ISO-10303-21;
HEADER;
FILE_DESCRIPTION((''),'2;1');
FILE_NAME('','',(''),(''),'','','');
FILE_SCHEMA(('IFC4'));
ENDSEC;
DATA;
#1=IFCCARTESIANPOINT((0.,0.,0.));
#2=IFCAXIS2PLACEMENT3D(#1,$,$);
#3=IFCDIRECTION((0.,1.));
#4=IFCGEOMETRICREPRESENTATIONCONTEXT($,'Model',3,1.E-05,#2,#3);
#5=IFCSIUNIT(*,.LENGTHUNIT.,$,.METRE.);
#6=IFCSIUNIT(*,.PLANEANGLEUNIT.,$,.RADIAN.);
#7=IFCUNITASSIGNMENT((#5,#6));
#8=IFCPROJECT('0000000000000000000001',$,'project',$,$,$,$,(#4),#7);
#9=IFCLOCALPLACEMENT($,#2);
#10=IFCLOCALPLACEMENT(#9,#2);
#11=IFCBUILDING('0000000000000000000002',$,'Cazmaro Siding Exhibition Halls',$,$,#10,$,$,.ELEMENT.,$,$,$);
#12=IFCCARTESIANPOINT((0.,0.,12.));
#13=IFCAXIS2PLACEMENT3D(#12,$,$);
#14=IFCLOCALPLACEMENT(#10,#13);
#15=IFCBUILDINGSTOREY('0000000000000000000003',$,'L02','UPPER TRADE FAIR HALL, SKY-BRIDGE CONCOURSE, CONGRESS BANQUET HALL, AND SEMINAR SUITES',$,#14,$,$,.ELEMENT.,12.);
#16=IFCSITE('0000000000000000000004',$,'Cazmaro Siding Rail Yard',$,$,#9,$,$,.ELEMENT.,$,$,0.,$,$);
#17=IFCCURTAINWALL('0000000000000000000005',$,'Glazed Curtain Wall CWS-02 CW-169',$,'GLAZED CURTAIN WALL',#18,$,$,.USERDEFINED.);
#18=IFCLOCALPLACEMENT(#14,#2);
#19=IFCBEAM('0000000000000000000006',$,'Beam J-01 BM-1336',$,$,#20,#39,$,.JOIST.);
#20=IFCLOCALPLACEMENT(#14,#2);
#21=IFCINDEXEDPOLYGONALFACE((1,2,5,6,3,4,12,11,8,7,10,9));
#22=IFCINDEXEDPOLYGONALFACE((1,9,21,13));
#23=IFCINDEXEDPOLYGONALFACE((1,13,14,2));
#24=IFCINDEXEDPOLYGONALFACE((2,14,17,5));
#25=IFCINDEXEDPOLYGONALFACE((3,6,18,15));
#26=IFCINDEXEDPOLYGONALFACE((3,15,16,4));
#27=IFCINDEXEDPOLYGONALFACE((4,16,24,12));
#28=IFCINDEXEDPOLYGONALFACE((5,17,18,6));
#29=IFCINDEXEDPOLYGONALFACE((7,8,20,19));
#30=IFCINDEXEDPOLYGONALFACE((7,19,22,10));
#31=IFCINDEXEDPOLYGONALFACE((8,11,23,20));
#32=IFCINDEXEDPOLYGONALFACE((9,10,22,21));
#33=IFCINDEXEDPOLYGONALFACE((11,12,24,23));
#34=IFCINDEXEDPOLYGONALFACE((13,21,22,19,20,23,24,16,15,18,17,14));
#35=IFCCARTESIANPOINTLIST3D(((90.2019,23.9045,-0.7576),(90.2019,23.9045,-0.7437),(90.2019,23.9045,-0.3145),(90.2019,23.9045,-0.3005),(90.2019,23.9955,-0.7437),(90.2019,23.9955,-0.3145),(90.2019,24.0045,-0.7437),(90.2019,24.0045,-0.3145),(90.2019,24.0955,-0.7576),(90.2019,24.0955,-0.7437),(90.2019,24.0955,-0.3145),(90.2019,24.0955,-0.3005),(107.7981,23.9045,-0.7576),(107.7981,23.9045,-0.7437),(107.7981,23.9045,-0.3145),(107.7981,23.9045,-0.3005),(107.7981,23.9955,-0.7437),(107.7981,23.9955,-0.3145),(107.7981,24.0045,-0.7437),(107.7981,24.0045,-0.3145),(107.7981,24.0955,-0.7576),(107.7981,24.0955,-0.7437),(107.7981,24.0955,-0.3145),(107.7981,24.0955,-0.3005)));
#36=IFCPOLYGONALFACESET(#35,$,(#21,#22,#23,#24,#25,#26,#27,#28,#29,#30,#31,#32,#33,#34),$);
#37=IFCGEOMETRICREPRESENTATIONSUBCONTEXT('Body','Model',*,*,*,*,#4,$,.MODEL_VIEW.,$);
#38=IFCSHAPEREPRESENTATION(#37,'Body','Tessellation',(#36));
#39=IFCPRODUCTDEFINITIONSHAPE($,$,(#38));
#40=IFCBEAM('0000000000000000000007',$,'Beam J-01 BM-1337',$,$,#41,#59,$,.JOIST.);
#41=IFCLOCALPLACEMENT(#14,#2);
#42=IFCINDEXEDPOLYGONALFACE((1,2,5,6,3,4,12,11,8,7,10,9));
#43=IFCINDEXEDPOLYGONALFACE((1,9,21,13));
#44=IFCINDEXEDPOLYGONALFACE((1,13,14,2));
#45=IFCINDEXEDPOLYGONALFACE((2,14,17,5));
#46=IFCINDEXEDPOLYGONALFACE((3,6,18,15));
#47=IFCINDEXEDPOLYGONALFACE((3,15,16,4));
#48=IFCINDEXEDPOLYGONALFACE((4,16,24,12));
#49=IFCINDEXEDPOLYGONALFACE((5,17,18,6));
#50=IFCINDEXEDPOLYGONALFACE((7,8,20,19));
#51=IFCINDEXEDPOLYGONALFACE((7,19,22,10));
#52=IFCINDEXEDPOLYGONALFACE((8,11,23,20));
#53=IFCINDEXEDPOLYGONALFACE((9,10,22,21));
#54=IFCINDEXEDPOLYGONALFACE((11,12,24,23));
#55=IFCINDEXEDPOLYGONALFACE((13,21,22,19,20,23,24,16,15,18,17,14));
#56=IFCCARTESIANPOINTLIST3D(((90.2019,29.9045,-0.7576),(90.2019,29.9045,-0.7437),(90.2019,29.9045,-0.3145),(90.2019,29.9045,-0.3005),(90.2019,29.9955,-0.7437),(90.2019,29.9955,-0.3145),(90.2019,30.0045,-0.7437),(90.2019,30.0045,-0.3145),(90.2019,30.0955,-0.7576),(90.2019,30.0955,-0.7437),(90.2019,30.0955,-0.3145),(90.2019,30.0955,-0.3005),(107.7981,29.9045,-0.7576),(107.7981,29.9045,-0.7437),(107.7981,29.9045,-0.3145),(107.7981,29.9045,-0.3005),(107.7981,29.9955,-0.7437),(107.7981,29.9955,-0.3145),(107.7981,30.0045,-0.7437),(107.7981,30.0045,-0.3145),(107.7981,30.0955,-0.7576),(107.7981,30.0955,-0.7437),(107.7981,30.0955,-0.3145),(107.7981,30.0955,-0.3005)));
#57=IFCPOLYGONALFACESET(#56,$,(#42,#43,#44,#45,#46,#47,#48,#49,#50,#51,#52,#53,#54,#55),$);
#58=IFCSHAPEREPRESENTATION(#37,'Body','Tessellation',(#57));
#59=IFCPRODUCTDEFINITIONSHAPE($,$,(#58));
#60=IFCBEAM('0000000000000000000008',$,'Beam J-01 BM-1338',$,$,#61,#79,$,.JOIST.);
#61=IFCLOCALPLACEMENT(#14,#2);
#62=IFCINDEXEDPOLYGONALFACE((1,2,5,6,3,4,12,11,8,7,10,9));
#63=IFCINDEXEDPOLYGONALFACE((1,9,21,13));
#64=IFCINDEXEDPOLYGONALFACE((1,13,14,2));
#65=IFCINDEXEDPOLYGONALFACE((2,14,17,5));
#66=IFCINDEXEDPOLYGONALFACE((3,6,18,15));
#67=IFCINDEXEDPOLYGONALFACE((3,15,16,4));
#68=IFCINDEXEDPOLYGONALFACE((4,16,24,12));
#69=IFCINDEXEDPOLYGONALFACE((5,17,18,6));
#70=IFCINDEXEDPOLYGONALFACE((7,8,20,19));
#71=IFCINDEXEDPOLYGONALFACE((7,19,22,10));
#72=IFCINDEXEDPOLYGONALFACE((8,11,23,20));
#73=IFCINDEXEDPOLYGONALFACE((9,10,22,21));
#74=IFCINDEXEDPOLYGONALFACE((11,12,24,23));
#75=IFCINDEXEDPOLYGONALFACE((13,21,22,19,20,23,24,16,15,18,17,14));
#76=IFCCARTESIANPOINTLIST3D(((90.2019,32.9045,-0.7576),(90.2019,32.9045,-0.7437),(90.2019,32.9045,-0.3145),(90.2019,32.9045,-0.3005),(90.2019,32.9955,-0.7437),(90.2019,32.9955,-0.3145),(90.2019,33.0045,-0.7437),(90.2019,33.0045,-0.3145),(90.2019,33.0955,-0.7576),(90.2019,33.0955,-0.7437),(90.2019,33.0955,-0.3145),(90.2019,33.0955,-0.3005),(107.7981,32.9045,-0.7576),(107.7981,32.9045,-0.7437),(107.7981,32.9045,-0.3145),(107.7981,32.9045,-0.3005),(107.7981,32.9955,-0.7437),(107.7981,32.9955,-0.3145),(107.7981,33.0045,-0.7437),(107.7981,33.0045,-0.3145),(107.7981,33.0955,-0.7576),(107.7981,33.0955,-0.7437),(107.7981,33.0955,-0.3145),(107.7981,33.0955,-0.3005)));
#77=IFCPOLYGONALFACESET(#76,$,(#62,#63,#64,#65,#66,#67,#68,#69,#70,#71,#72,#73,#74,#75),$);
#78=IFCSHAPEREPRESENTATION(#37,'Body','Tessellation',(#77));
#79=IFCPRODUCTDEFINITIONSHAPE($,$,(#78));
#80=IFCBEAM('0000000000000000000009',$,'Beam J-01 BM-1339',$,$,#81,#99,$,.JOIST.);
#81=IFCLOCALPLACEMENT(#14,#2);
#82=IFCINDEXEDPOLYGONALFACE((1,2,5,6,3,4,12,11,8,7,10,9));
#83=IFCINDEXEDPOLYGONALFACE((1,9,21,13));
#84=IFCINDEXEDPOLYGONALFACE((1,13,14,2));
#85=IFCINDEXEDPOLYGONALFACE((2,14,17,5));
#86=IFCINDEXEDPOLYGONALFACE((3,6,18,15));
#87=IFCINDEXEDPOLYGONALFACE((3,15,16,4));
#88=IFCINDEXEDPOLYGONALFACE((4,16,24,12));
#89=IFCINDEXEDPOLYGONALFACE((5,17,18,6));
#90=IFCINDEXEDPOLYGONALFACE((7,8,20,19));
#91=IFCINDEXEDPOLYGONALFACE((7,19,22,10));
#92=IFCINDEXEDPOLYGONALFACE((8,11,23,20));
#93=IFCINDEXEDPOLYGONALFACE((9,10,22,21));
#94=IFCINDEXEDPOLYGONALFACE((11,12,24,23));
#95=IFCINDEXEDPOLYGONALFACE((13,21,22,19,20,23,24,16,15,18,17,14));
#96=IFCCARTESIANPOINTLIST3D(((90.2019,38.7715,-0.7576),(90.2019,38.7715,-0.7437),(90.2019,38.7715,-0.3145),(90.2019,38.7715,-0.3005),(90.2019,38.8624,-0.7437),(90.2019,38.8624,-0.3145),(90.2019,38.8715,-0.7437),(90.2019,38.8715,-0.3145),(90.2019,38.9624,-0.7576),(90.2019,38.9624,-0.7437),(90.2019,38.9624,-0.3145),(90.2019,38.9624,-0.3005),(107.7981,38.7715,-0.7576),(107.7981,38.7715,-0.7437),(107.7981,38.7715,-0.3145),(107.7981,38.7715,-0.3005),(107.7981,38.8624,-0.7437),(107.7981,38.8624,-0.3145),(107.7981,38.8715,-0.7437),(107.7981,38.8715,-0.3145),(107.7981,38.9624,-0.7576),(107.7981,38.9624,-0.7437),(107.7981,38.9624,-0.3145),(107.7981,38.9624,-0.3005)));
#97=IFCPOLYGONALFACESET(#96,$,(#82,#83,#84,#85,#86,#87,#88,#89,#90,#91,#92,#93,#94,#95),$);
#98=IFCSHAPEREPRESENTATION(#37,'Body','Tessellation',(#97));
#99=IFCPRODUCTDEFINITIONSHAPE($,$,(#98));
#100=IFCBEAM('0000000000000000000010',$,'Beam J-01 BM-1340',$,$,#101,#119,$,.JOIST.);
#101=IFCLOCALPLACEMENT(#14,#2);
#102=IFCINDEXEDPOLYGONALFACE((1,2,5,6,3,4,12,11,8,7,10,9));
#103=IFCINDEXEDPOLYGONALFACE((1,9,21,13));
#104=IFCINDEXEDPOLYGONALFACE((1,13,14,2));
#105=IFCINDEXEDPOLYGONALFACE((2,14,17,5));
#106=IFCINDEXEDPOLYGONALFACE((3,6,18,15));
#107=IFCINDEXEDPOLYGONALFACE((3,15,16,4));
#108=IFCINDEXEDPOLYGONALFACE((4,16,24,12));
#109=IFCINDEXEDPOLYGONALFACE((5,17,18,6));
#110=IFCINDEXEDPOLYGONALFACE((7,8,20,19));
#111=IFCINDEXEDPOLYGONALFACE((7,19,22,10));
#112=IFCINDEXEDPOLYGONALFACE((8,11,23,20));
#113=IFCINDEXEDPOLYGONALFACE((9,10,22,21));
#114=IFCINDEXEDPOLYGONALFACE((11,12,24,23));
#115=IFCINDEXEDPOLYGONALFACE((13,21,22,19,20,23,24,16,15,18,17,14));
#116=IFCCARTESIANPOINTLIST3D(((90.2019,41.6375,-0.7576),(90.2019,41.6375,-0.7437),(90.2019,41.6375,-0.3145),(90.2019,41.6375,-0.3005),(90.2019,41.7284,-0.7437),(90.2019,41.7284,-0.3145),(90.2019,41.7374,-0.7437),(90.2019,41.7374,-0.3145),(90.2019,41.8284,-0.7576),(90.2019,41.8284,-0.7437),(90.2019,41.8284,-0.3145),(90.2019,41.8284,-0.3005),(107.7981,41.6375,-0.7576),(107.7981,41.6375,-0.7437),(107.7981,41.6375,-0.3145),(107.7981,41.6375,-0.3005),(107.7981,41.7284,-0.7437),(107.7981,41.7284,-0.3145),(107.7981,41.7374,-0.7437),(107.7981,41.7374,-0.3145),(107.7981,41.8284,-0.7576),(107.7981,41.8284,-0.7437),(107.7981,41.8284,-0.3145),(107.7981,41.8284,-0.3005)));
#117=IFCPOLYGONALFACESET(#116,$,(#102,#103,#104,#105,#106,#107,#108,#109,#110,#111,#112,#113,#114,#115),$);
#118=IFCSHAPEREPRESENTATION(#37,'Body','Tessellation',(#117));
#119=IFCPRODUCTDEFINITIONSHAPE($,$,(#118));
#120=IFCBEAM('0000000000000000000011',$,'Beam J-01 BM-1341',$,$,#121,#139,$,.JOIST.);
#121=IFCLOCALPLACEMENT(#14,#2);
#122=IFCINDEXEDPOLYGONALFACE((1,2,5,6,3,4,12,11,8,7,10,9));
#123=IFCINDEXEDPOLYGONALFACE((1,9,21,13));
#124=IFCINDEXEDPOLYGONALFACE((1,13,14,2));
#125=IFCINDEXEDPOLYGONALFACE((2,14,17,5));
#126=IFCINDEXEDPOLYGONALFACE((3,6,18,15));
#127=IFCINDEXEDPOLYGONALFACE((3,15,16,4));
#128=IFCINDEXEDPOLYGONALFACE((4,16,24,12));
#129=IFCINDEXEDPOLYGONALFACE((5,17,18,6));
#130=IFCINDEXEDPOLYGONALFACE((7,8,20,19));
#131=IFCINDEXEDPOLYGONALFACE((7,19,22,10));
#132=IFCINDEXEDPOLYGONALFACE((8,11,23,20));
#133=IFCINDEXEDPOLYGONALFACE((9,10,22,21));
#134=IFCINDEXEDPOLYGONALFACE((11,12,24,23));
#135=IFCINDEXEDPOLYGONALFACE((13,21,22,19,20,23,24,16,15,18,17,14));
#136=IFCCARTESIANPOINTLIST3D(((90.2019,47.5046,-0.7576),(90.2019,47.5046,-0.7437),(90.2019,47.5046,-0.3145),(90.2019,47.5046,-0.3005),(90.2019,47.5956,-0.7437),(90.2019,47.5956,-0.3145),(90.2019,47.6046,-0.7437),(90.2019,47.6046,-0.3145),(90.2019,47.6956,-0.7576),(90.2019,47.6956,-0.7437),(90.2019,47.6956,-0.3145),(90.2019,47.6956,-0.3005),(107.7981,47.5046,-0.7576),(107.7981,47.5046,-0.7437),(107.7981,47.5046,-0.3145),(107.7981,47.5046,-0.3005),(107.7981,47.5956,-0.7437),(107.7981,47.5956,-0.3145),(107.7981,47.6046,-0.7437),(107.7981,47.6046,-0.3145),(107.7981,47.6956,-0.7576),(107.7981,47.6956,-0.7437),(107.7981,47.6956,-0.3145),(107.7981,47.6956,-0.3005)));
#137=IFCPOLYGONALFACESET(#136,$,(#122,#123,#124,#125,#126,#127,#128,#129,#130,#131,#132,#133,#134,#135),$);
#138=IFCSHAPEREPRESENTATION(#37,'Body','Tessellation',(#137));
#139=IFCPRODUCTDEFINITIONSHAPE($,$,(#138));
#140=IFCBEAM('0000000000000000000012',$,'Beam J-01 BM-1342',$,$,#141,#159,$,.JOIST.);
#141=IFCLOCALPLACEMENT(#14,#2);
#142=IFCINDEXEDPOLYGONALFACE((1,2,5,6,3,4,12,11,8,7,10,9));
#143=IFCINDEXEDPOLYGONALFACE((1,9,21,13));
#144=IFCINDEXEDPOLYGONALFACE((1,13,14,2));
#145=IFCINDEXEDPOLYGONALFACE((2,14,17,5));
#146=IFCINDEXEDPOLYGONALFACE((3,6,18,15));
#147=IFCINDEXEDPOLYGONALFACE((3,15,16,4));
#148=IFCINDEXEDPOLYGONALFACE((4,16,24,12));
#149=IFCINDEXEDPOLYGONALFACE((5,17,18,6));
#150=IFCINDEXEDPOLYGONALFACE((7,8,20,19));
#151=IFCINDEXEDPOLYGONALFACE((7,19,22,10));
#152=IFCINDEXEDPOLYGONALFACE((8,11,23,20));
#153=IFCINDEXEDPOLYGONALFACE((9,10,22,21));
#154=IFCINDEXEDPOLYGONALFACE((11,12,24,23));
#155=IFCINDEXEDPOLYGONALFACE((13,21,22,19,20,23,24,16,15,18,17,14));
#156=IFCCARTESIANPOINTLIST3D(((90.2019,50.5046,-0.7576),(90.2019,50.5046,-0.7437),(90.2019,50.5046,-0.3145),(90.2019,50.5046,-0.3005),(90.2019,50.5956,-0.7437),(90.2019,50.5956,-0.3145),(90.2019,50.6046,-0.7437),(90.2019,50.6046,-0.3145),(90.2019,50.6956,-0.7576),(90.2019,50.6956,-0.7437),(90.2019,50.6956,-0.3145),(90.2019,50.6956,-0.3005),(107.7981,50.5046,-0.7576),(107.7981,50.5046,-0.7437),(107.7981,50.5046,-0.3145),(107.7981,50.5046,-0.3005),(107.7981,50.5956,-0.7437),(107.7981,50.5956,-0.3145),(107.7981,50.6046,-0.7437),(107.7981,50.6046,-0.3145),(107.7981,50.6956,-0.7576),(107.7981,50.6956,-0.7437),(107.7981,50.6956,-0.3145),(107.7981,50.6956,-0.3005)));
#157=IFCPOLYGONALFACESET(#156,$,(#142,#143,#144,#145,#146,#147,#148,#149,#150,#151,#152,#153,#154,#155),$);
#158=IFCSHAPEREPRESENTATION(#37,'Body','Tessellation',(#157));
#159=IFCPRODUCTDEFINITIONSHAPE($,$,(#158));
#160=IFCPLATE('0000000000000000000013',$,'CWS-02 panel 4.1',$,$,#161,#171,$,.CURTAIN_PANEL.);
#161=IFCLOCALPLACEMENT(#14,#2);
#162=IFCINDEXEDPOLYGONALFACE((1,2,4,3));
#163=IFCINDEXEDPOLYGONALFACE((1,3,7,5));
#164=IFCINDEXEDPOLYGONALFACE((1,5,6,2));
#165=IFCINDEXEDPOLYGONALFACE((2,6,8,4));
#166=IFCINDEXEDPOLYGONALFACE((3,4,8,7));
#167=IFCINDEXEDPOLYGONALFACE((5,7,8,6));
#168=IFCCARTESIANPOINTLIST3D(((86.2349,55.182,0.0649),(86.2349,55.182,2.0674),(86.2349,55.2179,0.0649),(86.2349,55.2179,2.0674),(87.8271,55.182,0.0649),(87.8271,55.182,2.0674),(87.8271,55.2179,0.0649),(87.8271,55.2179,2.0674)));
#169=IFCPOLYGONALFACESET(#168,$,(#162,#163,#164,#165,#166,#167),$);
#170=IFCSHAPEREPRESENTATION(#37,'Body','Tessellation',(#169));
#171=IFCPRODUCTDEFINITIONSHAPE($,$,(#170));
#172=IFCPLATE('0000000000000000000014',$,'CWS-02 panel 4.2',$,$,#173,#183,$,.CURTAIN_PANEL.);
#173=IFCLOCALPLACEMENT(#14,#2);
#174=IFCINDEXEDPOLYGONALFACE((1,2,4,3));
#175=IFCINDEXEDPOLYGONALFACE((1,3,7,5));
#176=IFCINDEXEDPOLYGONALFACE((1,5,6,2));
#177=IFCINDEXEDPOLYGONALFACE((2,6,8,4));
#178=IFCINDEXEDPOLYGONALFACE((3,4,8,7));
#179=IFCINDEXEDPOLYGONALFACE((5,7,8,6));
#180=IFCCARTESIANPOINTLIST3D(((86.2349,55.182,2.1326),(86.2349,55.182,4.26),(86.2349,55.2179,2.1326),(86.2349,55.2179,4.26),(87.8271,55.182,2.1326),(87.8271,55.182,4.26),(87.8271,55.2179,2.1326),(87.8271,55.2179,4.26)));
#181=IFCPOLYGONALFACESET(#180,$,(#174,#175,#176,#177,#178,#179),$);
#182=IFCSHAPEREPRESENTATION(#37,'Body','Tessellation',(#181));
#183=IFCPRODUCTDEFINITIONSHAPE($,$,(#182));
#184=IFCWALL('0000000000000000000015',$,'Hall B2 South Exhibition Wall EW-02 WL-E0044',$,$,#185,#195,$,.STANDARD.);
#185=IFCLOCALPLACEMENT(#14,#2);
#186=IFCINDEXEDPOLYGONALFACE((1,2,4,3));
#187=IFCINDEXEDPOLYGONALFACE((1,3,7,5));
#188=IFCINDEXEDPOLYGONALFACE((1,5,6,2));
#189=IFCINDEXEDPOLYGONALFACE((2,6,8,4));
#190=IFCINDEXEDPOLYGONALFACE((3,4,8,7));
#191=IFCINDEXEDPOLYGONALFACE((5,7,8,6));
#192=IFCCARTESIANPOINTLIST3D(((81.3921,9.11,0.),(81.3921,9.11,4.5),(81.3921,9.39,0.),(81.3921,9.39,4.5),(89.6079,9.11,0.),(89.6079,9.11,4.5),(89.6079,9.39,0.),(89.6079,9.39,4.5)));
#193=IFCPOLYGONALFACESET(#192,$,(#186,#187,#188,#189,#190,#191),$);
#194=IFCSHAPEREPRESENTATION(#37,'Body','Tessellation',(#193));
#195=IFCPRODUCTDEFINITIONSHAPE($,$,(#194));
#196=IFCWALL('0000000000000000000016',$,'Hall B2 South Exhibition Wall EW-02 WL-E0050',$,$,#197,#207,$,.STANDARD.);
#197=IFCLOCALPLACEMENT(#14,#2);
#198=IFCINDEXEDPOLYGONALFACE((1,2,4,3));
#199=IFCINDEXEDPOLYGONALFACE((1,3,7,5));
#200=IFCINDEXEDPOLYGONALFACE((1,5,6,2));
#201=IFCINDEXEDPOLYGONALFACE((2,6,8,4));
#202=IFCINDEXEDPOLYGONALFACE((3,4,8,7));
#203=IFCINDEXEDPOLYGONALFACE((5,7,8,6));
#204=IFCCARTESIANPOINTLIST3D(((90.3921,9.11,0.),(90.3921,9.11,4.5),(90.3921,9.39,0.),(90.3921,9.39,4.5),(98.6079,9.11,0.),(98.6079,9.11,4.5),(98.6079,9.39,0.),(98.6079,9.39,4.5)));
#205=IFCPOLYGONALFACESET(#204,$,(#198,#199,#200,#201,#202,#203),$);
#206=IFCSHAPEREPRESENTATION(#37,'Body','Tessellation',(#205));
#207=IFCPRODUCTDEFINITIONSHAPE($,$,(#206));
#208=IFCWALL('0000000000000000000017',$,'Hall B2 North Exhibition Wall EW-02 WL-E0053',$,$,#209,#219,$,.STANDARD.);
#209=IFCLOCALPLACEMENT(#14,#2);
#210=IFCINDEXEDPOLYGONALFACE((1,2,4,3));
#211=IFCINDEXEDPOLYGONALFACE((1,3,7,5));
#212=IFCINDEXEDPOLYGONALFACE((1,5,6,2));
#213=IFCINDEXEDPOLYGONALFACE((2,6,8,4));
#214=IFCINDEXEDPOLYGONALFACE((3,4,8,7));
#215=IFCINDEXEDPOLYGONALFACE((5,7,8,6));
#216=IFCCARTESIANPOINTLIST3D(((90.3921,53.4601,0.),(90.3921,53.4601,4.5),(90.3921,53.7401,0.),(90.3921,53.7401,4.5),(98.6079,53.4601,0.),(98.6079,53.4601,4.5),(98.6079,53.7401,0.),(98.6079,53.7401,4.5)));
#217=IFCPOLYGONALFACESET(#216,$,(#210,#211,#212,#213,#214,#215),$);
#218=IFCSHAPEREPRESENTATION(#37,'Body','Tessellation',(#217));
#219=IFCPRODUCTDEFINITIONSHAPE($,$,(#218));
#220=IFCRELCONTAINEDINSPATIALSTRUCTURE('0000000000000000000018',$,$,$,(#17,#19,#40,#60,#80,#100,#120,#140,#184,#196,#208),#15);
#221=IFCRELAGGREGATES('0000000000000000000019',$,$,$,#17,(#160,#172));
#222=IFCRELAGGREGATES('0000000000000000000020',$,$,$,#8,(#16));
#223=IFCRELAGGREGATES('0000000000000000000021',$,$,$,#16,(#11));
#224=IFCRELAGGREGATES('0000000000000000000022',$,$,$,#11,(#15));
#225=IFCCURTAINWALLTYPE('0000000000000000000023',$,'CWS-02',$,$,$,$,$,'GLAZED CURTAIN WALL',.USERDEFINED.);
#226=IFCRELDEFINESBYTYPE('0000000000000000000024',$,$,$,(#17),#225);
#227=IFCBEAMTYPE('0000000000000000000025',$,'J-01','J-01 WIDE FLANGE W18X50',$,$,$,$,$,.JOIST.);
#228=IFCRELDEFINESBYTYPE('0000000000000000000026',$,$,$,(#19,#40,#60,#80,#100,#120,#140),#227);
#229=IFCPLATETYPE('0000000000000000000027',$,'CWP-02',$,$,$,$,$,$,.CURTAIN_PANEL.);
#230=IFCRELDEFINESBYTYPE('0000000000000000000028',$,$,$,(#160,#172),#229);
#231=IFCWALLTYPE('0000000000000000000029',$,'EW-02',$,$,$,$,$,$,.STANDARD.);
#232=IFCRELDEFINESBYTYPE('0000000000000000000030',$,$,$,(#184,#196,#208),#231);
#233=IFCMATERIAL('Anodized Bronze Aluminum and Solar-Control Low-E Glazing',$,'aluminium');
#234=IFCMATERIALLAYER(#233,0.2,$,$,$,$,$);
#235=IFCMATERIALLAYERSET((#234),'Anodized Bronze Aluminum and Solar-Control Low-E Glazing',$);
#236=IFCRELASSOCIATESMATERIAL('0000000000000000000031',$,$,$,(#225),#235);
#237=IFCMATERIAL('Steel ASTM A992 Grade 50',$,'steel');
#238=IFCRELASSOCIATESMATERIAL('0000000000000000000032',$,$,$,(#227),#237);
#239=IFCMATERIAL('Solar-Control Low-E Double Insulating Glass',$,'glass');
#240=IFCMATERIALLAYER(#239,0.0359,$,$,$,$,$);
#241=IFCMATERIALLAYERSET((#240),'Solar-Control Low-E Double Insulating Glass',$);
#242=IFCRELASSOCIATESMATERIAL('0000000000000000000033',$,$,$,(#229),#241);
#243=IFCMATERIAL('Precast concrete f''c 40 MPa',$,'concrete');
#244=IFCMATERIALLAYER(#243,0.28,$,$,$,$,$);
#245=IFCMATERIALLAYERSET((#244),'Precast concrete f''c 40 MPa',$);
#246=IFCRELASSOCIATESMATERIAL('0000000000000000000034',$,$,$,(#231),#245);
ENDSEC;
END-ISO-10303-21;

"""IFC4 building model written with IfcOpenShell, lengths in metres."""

from ifc_helpers import new_model, si_unit, direction, frame, frame_2d, origin, origin_2d, place, context, subcontext, project, spatial, rectangle, i_section, extrude, material, layer, layer_set, material_profile, profile_set, type_object, element, aggregate, save


model = new_model("IFC4")

# Units and contexts
model_context = context("Model", 3, precision=1e-05, world=origin(), true_north=direction((0.0, 1.0)))
body_context = subcontext(model_context, "Body", "Model", "MODEL_VIEW")
ifc_project = project(units=[si_unit("LENGTHUNIT", "METRE"), si_unit("PLANEANGLEUNIT", "RADIAN")], contexts=[model_context])

# Site, building, storey
site_placement = place(None, origin())
site = spatial("IfcSite", under=ifc_project, at=site_placement, Name="Cazmaro Siding Rail Yard", CompositionType="ELEMENT", RefElevation=0.0)
building_placement = place(site_placement, origin())
building = spatial("IfcBuilding", under=site, at=building_placement, Name="Cazmaro Siding Exhibition Halls", CompositionType="ELEMENT")
storey_placement = place(building_placement, frame((0.0, 0.0, 12.0)))
storey = spatial("IfcBuildingStorey", under=building, at=storey_placement, Name="L02", Description="UPPER TRADE FAIR HALL, SKY-BRIDGE CONCOURSE, CONGRESS BANQUET HALL, AND SEMINAR SUITES", CompositionType="ELEMENT", Elevation=12.0)

# Curtain wall
ifc_material_1 = material(Name="Anodized Bronze Aluminum and Solar-Control Low-E Glazing", Category="aluminium")
ifc_layer_1 = layer(ifc_material_1, 0.2)
ifc_layer_set_1 = layer_set([ifc_layer_1], Name="Anodized Bronze Aluminum and Solar-Control Low-E Glazing")
curtain_wall_type = type_object("IfcCurtainWallType", Name="CWS-02", ElementType="GLAZED CURTAIN WALL", PredefinedType="USERDEFINED", material=ifc_layer_set_1)
curtain_wall_placement = place(storey_placement, origin())
curtain_wall = element("IfcCurtainWall", 1, at=curtain_wall_placement, inside=storey, type_object=curtain_wall_type, Name="Glazed Curtain Wall CWS-02 CW-169", ObjectType="GLAZED CURTAIN WALL", PredefinedType="USERDEFINED")

# Beams
ifc_material_2 = material(Name="Steel ASTM A992 Grade 50", Category="steel")
ifc_material_profile_1 = material_profile(ifc_material_2, i_section(OverallWidth=0.1909, OverallDepth=0.457, WebThickness=0.009, FlangeThickness=0.0139, at=origin_2d()), Name="W18X50")
ifc_profile_set_1 = profile_set([ifc_material_profile_1], Name="Steel ASTM A992 Grade 50")
beam_type_1 = type_object("IfcBeamType", Name="J-01", Description="J-01 WIDE FLANGE W18X50", PredefinedType="JOIST", material=ifc_profile_set_1)
for number, where, z_axis, x_axis, name in (
    (2, (90.2019, 24.0, -0.5291), (1.0, 0.0, 0.0), (0.0, 1.0, 0.0), "Beam J-01 BM-1336"),
    (3, (90.2019, 30.0, -0.5291), (1.0, 0.0, 0.0), (0.0, 1.0, 0.0), "Beam J-01 BM-1337"),
    (4, (90.2019, 33.0, -0.5291), (1.0, 0.0, 0.0), (0.0, 1.0, 0.0), "Beam J-01 BM-1338"),
    (5, (90.2019, 38.8669, -0.5291), (1.0, 0.0, 0.0), (0.0, 1.0, 0.0), "Beam J-01 BM-1339"),
    (6, (90.2019, 41.7329, -0.5291), (1.0, 0.0, 0.0), (0.0, 1.0, 0.0), "Beam J-01 BM-1340"),
    (7, (90.2019, 47.6001, -0.5291), (1.0, 0.0, 0.0), (0.0, 1.0, 0.0), "Beam J-01 BM-1341"),
    (8, (90.2019, 50.6001, -0.5291), (1.0, 0.0, 0.0), (0.0, 1.0, 0.0), "Beam J-01 BM-1342"),
):
    element("IfcBeam", number, at=place(storey_placement, frame(where, z_axis=z_axis, x_axis=x_axis)), inside=storey, type_object=beam_type_1, Name=name, PredefinedType="JOIST", context=body_context, shape_type="SweptSolid", body=[
        extrude(i_section(OverallWidth=0.1909, OverallDepth=0.457, WebThickness=0.009, FlangeThickness=0.0139, at=origin_2d()), origin(), (0.0, 0.0, 1.0), 17.5962),
    ])

# Plates
ifc_material_3 = material(Name="Solar-Control Low-E Double Insulating Glass", Category="glass")
ifc_layer_2 = layer(ifc_material_3, 0.0359)
ifc_layer_set_2 = layer_set([ifc_layer_2], Name="Solar-Control Low-E Double Insulating Glass")
plate_type = type_object("IfcPlateType", Name="CWP-02", PredefinedType="CURTAIN_PANEL", material=ifc_layer_set_2)
plate_1_placement = place(storey_placement, frame((87.031, 55.2, 0.0649), z_axis=(0.0, 0.0, 1.0), x_axis=(1.0, 0.0, 0.0)))
plate_1 = element("IfcPlate", 9, at=plate_1_placement, type_object=plate_type, Name="CWS-02 panel 4.1", PredefinedType="CURTAIN_PANEL", context=body_context, shape_type="SweptSolid", body=[
    extrude(rectangle(XDim=1.5923, YDim=0.0359, at=origin_2d()), origin(), (0.0, 0.0, 1.0), 2.0024),
])
plate_2_placement = place(storey_placement, frame((87.031, 55.2, 2.1326), z_axis=(0.0, 0.0, 1.0), x_axis=(1.0, 0.0, 0.0)))
plate_2 = element("IfcPlate", 10, at=plate_2_placement, type_object=plate_type, Name="CWS-02 panel 4.2", PredefinedType="CURTAIN_PANEL", context=body_context, shape_type="SweptSolid", body=[
    extrude(rectangle(XDim=1.5923, YDim=0.0359, at=origin_2d()), origin(), (0.0, 0.0, 1.0), 2.1274),
])
aggregate(curtain_wall, [plate_1, plate_2])

# Walls
ifc_material_4 = material(Name="Precast concrete f'c 40 MPa", Category="concrete")
ifc_layer_3 = layer(ifc_material_4, 0.28)
ifc_layer_set_3 = layer_set([ifc_layer_3], Name="Precast concrete f'c 40 MPa")
wall_type_1 = type_object("IfcWallType", Name="EW-02", PredefinedType="STANDARD", material=ifc_layer_set_3)
for number, where, z_axis, x_axis, name in (
    (11, (89.6079, 9.25, 0.0), (0.0, 0.0, 1.0), (-1.0, 0.0, 0.0), "Hall B2 South Exhibition Wall EW-02 WL-E0044"),
    (12, (98.6079, 9.25, 0.0), (0.0, 0.0, 1.0), (-1.0, 0.0, 0.0), "Hall B2 South Exhibition Wall EW-02 WL-E0050"),
    (13, (90.3921, 53.6001, 0.0), (0.0, 0.0, 1.0), (1.0, 0.0, 0.0), "Hall B2 North Exhibition Wall EW-02 WL-E0053"),
):
    element("IfcWall", number, at=place(storey_placement, frame(where, z_axis=z_axis, x_axis=x_axis)), inside=storey, type_object=wall_type_1, Name=name, PredefinedType="STANDARD", context=body_context, shape_type="SweptSolid", body=[
        extrude(rectangle(XDim=8.2158, YDim=0.28, at=frame_2d((4.1079, 0.0))), origin(), (0.0, 0.0, 1.0), 4.5),
    ])

save(model, "model.ifc")
